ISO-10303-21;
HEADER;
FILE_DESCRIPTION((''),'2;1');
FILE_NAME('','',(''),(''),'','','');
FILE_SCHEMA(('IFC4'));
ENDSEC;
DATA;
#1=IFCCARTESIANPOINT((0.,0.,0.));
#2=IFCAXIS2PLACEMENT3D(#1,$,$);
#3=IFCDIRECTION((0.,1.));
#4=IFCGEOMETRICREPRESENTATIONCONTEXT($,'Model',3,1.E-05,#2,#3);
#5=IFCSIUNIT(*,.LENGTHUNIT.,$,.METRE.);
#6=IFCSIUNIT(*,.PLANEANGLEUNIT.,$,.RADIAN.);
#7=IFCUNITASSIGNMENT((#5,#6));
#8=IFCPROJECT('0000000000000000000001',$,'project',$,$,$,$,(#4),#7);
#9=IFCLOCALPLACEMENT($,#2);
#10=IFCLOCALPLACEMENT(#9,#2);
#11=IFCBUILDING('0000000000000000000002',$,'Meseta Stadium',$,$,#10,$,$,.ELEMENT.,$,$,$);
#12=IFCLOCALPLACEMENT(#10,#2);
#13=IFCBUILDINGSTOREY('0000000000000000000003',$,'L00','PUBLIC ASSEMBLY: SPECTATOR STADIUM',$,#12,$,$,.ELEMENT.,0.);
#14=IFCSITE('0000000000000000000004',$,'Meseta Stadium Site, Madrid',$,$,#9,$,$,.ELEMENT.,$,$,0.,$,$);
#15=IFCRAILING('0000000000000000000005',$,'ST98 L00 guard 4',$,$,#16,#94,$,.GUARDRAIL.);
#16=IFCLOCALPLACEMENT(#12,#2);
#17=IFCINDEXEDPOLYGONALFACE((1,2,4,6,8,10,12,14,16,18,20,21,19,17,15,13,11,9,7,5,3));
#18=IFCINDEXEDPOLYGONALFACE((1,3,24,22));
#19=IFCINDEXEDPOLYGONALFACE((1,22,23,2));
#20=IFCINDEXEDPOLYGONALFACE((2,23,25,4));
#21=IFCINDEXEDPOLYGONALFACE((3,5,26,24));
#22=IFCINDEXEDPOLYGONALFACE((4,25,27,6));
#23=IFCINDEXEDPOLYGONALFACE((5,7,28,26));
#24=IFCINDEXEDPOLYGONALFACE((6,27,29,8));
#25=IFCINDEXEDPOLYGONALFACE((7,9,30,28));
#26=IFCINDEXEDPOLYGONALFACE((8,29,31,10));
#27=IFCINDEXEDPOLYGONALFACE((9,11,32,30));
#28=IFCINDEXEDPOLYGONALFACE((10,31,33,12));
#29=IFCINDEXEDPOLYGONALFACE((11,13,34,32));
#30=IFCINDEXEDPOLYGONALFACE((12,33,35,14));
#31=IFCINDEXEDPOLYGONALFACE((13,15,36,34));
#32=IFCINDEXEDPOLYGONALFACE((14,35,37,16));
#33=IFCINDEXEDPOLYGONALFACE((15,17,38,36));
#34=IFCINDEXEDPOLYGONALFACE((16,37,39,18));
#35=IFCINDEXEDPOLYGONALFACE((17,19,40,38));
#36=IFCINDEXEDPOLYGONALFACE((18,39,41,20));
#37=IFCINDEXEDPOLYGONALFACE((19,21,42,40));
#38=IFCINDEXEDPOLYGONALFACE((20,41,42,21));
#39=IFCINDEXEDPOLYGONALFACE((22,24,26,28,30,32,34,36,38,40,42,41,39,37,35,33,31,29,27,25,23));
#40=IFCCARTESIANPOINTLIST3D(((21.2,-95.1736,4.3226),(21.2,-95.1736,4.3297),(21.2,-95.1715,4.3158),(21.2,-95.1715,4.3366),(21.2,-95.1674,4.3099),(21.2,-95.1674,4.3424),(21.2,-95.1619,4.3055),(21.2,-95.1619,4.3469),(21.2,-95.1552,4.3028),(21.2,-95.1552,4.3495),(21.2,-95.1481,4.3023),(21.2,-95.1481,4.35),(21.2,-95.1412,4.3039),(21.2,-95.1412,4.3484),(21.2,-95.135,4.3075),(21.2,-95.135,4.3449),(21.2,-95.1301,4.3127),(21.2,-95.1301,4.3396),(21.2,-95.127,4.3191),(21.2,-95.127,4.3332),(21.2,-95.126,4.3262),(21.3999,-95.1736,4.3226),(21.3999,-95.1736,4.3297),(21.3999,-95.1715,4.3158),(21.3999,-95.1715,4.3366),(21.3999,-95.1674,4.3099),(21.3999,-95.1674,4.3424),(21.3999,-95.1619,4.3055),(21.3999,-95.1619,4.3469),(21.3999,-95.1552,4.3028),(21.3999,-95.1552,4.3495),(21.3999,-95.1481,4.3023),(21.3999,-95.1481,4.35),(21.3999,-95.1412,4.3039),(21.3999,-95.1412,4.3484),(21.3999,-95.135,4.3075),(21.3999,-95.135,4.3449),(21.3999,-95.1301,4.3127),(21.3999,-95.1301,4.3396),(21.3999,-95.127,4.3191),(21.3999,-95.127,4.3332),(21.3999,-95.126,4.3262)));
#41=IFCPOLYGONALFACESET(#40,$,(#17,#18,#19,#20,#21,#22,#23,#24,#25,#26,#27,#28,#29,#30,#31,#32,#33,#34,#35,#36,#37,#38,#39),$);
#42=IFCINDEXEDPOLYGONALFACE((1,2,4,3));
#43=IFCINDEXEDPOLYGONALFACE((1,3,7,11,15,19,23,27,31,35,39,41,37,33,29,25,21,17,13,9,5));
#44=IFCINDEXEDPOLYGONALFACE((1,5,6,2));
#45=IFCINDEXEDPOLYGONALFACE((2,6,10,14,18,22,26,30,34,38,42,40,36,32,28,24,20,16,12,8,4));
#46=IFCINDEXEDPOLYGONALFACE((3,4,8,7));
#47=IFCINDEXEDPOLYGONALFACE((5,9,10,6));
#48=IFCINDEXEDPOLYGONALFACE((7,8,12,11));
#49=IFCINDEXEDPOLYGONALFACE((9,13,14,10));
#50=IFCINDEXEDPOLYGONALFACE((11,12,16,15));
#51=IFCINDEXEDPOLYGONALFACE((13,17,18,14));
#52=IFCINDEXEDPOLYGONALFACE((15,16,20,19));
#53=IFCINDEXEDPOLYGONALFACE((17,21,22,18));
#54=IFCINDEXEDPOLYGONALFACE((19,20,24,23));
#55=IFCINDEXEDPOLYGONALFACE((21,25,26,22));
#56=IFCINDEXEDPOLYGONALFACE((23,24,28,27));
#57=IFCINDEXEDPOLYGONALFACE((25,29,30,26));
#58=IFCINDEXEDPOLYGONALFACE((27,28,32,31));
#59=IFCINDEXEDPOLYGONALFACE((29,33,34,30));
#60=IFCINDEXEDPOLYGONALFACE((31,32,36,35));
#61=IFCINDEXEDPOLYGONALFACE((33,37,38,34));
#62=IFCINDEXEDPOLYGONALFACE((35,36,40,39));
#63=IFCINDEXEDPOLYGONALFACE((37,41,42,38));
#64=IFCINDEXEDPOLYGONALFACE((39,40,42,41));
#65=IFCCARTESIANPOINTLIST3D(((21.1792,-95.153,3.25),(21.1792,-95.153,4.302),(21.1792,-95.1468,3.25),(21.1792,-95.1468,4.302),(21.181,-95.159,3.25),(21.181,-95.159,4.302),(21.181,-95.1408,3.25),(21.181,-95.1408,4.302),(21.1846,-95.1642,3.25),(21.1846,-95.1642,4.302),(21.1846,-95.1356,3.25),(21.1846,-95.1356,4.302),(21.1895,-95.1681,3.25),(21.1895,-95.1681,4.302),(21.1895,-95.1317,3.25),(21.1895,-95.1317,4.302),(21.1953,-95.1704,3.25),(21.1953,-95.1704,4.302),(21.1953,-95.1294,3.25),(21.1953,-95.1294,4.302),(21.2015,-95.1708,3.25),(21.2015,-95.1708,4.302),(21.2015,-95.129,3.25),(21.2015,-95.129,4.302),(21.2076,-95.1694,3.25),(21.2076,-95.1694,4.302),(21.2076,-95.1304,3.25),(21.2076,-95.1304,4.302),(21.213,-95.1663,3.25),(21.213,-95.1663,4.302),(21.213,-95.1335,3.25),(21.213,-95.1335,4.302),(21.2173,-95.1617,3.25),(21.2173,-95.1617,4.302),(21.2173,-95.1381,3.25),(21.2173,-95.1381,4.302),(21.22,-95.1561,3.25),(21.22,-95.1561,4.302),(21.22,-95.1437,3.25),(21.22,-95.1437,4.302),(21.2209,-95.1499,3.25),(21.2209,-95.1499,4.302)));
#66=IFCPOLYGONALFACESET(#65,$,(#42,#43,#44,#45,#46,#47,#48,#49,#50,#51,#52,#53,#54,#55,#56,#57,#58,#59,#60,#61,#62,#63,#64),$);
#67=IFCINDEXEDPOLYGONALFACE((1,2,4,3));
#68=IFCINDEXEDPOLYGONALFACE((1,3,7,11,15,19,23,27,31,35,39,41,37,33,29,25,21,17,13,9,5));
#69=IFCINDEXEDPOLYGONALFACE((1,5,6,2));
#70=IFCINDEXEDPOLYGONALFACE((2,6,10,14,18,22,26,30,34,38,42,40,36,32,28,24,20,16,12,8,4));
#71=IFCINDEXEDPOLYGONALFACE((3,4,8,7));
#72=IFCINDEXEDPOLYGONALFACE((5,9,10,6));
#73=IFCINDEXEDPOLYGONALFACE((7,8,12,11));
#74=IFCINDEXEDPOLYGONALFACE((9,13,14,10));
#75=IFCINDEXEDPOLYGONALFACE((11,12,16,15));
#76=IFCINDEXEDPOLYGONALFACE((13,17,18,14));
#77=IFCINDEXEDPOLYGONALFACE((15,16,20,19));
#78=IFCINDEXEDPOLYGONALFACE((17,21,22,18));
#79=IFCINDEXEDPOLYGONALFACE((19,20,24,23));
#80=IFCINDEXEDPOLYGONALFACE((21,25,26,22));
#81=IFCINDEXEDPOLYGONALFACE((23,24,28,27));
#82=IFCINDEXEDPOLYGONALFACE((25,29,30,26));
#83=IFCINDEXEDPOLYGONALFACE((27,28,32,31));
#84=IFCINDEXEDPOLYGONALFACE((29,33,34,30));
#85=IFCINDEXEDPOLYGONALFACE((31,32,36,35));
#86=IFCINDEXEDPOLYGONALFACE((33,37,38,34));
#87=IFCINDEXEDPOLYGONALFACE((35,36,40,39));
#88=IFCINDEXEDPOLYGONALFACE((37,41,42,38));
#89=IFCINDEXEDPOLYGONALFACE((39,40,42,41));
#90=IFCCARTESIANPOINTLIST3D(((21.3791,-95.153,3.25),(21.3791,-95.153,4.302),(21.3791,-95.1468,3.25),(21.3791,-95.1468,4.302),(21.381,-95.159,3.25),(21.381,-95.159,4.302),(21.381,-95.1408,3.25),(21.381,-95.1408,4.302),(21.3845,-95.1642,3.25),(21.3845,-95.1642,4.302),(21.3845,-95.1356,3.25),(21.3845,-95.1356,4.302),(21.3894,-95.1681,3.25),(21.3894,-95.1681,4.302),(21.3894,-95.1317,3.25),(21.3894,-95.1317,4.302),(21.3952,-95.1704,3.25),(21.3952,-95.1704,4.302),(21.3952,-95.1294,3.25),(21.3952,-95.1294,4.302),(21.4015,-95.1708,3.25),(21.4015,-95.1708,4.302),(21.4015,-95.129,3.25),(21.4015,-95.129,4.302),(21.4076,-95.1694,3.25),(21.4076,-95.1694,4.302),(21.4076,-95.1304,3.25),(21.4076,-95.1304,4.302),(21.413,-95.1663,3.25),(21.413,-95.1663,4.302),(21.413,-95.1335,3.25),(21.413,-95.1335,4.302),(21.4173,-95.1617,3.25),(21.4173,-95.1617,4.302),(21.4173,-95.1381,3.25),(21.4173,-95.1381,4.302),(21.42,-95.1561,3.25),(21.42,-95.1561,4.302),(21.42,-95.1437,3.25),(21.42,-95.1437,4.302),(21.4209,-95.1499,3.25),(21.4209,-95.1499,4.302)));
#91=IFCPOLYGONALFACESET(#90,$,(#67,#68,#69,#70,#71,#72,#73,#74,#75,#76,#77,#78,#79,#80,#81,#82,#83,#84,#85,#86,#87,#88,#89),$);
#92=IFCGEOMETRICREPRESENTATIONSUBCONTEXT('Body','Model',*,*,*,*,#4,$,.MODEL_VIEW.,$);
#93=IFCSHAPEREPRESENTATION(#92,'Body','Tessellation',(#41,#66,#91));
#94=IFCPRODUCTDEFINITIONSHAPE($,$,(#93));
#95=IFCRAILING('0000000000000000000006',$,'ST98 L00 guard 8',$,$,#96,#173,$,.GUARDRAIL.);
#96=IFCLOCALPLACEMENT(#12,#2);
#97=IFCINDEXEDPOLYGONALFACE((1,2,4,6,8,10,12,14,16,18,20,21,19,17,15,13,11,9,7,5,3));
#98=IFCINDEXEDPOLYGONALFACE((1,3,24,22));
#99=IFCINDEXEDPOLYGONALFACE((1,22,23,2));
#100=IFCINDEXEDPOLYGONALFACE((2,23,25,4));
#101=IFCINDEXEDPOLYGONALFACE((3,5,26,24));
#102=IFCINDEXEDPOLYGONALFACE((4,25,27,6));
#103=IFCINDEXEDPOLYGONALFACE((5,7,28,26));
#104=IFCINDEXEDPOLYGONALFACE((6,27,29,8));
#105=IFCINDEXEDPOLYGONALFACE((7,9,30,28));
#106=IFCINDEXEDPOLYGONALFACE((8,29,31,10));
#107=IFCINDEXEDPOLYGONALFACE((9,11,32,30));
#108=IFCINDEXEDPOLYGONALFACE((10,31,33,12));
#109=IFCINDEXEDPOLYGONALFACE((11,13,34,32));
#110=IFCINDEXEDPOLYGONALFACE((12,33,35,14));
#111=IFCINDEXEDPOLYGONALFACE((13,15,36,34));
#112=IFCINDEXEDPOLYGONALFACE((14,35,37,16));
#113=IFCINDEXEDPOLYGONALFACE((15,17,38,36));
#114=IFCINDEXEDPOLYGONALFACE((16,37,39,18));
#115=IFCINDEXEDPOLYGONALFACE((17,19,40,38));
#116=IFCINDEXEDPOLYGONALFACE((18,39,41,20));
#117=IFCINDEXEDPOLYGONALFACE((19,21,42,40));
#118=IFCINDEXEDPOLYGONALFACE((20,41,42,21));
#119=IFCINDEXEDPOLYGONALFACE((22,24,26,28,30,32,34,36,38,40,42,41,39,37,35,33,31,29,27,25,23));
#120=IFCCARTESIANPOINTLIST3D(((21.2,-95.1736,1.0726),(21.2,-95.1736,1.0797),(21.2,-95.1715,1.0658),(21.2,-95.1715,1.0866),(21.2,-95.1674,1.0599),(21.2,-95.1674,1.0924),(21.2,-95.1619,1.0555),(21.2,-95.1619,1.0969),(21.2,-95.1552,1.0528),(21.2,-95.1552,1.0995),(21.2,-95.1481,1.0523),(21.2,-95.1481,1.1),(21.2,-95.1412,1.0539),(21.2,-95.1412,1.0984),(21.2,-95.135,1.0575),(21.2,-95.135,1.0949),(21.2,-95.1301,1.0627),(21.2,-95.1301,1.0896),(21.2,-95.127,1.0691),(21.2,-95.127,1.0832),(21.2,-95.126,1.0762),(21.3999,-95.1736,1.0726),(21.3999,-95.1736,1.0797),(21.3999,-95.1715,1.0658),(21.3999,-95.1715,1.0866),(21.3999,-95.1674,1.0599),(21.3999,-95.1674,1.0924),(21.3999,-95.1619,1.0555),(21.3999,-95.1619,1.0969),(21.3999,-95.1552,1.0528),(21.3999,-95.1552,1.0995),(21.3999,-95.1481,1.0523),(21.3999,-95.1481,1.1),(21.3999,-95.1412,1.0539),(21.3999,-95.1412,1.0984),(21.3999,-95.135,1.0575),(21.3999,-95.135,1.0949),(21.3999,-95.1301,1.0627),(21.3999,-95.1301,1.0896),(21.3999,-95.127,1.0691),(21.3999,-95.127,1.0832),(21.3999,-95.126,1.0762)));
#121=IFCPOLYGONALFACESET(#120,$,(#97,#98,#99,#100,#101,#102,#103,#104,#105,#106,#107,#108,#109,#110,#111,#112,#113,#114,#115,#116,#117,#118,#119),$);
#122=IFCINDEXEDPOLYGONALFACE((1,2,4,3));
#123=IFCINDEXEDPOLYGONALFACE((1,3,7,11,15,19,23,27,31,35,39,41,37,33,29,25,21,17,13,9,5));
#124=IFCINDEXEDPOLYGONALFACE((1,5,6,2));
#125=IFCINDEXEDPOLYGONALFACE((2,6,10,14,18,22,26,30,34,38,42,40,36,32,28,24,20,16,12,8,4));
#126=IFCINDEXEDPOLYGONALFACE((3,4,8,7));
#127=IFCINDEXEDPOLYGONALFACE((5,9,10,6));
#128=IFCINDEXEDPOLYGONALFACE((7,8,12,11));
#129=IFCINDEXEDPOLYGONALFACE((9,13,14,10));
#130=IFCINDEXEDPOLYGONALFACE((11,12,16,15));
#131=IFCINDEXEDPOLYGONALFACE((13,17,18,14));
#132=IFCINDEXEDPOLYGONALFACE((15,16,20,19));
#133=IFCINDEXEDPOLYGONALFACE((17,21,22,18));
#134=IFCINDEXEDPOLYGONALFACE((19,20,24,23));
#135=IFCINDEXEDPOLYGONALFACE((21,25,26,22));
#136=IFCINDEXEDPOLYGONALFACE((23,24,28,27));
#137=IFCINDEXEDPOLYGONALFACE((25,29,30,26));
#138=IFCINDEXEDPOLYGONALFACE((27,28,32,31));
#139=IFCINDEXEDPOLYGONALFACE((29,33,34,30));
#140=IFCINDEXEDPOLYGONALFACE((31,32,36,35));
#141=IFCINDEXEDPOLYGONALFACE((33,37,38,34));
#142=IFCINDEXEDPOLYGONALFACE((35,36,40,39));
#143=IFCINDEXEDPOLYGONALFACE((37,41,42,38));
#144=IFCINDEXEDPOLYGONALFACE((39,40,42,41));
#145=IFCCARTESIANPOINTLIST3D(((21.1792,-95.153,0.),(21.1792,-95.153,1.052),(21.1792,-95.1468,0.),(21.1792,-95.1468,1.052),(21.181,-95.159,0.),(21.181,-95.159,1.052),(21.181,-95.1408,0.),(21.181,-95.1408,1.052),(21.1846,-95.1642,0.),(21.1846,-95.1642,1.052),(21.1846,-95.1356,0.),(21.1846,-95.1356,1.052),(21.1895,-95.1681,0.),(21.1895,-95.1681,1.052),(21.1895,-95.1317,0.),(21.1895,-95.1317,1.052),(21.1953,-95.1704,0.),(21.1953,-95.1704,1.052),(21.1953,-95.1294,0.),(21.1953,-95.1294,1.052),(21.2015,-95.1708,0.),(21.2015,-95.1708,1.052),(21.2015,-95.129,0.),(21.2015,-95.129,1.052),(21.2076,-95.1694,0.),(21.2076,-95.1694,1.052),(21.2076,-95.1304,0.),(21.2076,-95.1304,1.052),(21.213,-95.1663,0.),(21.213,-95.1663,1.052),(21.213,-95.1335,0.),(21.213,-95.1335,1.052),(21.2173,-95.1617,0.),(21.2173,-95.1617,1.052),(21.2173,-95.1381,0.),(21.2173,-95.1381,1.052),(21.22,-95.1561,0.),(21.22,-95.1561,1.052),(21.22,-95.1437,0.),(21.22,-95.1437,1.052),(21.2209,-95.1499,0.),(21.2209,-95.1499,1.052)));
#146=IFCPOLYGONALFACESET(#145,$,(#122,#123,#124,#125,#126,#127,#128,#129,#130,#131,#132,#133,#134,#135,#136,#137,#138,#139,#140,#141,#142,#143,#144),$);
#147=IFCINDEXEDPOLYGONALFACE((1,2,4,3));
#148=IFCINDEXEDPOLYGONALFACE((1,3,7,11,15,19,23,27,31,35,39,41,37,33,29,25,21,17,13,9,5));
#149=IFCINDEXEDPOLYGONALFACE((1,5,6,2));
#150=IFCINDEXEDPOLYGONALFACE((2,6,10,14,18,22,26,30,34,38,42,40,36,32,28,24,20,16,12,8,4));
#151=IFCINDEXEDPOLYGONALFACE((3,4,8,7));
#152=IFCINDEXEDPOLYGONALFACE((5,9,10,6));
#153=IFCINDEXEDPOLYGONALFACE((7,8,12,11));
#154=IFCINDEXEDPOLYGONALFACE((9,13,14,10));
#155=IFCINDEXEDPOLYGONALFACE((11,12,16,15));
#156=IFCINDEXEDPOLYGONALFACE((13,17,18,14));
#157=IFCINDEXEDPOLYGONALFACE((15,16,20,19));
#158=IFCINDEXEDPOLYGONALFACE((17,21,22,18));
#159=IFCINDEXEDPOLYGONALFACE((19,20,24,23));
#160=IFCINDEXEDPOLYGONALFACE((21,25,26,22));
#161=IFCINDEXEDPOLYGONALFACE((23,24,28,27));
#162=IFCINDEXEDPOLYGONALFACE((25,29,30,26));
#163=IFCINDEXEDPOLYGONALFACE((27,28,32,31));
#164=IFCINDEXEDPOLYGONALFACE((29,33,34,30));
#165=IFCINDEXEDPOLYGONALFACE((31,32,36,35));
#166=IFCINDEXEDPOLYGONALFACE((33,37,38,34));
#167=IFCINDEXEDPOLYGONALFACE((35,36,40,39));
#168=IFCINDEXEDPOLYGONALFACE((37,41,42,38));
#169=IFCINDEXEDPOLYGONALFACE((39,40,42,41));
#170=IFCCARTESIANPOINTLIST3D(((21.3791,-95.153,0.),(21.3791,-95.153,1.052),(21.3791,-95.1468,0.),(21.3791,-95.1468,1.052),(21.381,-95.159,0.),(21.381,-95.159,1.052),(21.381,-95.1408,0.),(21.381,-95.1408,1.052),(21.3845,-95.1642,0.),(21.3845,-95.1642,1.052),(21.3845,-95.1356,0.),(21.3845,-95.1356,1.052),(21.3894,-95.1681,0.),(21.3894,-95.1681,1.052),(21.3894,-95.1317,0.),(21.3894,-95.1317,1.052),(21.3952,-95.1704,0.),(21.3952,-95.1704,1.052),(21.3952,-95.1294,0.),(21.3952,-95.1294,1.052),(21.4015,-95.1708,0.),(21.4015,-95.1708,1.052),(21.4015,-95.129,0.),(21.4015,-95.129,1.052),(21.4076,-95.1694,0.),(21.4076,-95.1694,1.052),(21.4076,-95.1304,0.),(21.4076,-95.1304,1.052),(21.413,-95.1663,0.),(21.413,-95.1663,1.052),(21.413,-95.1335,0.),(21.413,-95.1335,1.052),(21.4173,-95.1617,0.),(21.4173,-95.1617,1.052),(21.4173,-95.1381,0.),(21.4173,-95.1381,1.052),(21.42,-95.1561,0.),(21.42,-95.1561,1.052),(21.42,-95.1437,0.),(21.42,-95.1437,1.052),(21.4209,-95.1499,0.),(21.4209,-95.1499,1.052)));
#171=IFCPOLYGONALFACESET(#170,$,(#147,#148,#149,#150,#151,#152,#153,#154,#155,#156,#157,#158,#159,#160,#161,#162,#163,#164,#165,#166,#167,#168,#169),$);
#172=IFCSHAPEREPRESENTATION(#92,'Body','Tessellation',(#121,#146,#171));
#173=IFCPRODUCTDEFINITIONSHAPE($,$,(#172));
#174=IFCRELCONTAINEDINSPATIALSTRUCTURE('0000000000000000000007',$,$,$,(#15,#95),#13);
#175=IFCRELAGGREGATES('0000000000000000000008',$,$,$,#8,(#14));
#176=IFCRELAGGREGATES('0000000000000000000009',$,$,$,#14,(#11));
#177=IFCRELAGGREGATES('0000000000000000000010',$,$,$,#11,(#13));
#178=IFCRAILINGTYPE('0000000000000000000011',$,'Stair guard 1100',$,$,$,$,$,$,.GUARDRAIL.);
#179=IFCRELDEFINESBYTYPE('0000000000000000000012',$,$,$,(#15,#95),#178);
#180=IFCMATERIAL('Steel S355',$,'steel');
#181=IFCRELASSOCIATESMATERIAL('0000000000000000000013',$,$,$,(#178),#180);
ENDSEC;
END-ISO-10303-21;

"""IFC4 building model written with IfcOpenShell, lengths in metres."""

from ifc_helpers import new_model, si_unit, direction, frame, origin, origin_2d, place, context, subcontext, project, spatial, circle, extrude, material, type_object, element, save


model = new_model("IFC4")

# Units and contexts
model_context = context("Model", 3, precision=1e-05, world=origin(), true_north=direction((0.0, 1.0)))
body_context = subcontext(model_context, "Body", "Model", "MODEL_VIEW")
ifc_project = project(units=[si_unit("LENGTHUNIT", "METRE"), si_unit("PLANEANGLEUNIT", "RADIAN")], contexts=[model_context])

# Site, building, storey
site_placement = place(None, origin())
site = spatial("IfcSite", under=ifc_project, at=site_placement, Name="Meseta Stadium Site, Madrid", CompositionType="ELEMENT", RefElevation=0.0)
building_placement = place(site_placement, origin())
building = spatial("IfcBuilding", under=site, at=building_placement, Name="Meseta Stadium", CompositionType="ELEMENT")
storey_placement = place(building_placement, origin())
storey = spatial("IfcBuildingStorey", under=building, at=storey_placement, Name="L00", Description="PUBLIC ASSEMBLY: SPECTATOR STADIUM", CompositionType="ELEMENT", Elevation=0.0)

# Railings
ifc_material_1 = material(Name="Steel S355", Category="steel")
railing_type_1 = type_object("IfcRailingType", Name="Stair guard 1100", PredefinedType="GUARDRAIL", material=ifc_material_1)
for number, where, name in (
    (1, (21.2, -95.1499, 3.25), "ST98 L00 guard 4"),
    (2, (21.2, -95.1499, 0.0), "ST98 L00 guard 8"),
):
    element("IfcRailing", number, at=place(storey_placement, frame(where)), inside=storey, type_object=railing_type_1, Name=name, PredefinedType="GUARDRAIL", context=body_context, shape_type="SweptSolid", body=[
        extrude(circle(Radius=0.0239, at=origin_2d()), frame((0.0, 0.0, 1.0762), z_axis=(1.0, 0.0, 0.0), x_axis=(0.0, 1.0, 0.0)), (0.0, 0.0, 1.0), 0.2),
        extrude(circle(Radius=0.021, at=origin_2d()), origin(), (0.0, 0.0, 1.0), 1.052),
        extrude(circle(Radius=0.021, at=origin_2d()), frame((0.2, 0.0, 0.0)), (0.0, 0.0, 1.0), 1.052),
    ])

save(model, "model.ifc")
